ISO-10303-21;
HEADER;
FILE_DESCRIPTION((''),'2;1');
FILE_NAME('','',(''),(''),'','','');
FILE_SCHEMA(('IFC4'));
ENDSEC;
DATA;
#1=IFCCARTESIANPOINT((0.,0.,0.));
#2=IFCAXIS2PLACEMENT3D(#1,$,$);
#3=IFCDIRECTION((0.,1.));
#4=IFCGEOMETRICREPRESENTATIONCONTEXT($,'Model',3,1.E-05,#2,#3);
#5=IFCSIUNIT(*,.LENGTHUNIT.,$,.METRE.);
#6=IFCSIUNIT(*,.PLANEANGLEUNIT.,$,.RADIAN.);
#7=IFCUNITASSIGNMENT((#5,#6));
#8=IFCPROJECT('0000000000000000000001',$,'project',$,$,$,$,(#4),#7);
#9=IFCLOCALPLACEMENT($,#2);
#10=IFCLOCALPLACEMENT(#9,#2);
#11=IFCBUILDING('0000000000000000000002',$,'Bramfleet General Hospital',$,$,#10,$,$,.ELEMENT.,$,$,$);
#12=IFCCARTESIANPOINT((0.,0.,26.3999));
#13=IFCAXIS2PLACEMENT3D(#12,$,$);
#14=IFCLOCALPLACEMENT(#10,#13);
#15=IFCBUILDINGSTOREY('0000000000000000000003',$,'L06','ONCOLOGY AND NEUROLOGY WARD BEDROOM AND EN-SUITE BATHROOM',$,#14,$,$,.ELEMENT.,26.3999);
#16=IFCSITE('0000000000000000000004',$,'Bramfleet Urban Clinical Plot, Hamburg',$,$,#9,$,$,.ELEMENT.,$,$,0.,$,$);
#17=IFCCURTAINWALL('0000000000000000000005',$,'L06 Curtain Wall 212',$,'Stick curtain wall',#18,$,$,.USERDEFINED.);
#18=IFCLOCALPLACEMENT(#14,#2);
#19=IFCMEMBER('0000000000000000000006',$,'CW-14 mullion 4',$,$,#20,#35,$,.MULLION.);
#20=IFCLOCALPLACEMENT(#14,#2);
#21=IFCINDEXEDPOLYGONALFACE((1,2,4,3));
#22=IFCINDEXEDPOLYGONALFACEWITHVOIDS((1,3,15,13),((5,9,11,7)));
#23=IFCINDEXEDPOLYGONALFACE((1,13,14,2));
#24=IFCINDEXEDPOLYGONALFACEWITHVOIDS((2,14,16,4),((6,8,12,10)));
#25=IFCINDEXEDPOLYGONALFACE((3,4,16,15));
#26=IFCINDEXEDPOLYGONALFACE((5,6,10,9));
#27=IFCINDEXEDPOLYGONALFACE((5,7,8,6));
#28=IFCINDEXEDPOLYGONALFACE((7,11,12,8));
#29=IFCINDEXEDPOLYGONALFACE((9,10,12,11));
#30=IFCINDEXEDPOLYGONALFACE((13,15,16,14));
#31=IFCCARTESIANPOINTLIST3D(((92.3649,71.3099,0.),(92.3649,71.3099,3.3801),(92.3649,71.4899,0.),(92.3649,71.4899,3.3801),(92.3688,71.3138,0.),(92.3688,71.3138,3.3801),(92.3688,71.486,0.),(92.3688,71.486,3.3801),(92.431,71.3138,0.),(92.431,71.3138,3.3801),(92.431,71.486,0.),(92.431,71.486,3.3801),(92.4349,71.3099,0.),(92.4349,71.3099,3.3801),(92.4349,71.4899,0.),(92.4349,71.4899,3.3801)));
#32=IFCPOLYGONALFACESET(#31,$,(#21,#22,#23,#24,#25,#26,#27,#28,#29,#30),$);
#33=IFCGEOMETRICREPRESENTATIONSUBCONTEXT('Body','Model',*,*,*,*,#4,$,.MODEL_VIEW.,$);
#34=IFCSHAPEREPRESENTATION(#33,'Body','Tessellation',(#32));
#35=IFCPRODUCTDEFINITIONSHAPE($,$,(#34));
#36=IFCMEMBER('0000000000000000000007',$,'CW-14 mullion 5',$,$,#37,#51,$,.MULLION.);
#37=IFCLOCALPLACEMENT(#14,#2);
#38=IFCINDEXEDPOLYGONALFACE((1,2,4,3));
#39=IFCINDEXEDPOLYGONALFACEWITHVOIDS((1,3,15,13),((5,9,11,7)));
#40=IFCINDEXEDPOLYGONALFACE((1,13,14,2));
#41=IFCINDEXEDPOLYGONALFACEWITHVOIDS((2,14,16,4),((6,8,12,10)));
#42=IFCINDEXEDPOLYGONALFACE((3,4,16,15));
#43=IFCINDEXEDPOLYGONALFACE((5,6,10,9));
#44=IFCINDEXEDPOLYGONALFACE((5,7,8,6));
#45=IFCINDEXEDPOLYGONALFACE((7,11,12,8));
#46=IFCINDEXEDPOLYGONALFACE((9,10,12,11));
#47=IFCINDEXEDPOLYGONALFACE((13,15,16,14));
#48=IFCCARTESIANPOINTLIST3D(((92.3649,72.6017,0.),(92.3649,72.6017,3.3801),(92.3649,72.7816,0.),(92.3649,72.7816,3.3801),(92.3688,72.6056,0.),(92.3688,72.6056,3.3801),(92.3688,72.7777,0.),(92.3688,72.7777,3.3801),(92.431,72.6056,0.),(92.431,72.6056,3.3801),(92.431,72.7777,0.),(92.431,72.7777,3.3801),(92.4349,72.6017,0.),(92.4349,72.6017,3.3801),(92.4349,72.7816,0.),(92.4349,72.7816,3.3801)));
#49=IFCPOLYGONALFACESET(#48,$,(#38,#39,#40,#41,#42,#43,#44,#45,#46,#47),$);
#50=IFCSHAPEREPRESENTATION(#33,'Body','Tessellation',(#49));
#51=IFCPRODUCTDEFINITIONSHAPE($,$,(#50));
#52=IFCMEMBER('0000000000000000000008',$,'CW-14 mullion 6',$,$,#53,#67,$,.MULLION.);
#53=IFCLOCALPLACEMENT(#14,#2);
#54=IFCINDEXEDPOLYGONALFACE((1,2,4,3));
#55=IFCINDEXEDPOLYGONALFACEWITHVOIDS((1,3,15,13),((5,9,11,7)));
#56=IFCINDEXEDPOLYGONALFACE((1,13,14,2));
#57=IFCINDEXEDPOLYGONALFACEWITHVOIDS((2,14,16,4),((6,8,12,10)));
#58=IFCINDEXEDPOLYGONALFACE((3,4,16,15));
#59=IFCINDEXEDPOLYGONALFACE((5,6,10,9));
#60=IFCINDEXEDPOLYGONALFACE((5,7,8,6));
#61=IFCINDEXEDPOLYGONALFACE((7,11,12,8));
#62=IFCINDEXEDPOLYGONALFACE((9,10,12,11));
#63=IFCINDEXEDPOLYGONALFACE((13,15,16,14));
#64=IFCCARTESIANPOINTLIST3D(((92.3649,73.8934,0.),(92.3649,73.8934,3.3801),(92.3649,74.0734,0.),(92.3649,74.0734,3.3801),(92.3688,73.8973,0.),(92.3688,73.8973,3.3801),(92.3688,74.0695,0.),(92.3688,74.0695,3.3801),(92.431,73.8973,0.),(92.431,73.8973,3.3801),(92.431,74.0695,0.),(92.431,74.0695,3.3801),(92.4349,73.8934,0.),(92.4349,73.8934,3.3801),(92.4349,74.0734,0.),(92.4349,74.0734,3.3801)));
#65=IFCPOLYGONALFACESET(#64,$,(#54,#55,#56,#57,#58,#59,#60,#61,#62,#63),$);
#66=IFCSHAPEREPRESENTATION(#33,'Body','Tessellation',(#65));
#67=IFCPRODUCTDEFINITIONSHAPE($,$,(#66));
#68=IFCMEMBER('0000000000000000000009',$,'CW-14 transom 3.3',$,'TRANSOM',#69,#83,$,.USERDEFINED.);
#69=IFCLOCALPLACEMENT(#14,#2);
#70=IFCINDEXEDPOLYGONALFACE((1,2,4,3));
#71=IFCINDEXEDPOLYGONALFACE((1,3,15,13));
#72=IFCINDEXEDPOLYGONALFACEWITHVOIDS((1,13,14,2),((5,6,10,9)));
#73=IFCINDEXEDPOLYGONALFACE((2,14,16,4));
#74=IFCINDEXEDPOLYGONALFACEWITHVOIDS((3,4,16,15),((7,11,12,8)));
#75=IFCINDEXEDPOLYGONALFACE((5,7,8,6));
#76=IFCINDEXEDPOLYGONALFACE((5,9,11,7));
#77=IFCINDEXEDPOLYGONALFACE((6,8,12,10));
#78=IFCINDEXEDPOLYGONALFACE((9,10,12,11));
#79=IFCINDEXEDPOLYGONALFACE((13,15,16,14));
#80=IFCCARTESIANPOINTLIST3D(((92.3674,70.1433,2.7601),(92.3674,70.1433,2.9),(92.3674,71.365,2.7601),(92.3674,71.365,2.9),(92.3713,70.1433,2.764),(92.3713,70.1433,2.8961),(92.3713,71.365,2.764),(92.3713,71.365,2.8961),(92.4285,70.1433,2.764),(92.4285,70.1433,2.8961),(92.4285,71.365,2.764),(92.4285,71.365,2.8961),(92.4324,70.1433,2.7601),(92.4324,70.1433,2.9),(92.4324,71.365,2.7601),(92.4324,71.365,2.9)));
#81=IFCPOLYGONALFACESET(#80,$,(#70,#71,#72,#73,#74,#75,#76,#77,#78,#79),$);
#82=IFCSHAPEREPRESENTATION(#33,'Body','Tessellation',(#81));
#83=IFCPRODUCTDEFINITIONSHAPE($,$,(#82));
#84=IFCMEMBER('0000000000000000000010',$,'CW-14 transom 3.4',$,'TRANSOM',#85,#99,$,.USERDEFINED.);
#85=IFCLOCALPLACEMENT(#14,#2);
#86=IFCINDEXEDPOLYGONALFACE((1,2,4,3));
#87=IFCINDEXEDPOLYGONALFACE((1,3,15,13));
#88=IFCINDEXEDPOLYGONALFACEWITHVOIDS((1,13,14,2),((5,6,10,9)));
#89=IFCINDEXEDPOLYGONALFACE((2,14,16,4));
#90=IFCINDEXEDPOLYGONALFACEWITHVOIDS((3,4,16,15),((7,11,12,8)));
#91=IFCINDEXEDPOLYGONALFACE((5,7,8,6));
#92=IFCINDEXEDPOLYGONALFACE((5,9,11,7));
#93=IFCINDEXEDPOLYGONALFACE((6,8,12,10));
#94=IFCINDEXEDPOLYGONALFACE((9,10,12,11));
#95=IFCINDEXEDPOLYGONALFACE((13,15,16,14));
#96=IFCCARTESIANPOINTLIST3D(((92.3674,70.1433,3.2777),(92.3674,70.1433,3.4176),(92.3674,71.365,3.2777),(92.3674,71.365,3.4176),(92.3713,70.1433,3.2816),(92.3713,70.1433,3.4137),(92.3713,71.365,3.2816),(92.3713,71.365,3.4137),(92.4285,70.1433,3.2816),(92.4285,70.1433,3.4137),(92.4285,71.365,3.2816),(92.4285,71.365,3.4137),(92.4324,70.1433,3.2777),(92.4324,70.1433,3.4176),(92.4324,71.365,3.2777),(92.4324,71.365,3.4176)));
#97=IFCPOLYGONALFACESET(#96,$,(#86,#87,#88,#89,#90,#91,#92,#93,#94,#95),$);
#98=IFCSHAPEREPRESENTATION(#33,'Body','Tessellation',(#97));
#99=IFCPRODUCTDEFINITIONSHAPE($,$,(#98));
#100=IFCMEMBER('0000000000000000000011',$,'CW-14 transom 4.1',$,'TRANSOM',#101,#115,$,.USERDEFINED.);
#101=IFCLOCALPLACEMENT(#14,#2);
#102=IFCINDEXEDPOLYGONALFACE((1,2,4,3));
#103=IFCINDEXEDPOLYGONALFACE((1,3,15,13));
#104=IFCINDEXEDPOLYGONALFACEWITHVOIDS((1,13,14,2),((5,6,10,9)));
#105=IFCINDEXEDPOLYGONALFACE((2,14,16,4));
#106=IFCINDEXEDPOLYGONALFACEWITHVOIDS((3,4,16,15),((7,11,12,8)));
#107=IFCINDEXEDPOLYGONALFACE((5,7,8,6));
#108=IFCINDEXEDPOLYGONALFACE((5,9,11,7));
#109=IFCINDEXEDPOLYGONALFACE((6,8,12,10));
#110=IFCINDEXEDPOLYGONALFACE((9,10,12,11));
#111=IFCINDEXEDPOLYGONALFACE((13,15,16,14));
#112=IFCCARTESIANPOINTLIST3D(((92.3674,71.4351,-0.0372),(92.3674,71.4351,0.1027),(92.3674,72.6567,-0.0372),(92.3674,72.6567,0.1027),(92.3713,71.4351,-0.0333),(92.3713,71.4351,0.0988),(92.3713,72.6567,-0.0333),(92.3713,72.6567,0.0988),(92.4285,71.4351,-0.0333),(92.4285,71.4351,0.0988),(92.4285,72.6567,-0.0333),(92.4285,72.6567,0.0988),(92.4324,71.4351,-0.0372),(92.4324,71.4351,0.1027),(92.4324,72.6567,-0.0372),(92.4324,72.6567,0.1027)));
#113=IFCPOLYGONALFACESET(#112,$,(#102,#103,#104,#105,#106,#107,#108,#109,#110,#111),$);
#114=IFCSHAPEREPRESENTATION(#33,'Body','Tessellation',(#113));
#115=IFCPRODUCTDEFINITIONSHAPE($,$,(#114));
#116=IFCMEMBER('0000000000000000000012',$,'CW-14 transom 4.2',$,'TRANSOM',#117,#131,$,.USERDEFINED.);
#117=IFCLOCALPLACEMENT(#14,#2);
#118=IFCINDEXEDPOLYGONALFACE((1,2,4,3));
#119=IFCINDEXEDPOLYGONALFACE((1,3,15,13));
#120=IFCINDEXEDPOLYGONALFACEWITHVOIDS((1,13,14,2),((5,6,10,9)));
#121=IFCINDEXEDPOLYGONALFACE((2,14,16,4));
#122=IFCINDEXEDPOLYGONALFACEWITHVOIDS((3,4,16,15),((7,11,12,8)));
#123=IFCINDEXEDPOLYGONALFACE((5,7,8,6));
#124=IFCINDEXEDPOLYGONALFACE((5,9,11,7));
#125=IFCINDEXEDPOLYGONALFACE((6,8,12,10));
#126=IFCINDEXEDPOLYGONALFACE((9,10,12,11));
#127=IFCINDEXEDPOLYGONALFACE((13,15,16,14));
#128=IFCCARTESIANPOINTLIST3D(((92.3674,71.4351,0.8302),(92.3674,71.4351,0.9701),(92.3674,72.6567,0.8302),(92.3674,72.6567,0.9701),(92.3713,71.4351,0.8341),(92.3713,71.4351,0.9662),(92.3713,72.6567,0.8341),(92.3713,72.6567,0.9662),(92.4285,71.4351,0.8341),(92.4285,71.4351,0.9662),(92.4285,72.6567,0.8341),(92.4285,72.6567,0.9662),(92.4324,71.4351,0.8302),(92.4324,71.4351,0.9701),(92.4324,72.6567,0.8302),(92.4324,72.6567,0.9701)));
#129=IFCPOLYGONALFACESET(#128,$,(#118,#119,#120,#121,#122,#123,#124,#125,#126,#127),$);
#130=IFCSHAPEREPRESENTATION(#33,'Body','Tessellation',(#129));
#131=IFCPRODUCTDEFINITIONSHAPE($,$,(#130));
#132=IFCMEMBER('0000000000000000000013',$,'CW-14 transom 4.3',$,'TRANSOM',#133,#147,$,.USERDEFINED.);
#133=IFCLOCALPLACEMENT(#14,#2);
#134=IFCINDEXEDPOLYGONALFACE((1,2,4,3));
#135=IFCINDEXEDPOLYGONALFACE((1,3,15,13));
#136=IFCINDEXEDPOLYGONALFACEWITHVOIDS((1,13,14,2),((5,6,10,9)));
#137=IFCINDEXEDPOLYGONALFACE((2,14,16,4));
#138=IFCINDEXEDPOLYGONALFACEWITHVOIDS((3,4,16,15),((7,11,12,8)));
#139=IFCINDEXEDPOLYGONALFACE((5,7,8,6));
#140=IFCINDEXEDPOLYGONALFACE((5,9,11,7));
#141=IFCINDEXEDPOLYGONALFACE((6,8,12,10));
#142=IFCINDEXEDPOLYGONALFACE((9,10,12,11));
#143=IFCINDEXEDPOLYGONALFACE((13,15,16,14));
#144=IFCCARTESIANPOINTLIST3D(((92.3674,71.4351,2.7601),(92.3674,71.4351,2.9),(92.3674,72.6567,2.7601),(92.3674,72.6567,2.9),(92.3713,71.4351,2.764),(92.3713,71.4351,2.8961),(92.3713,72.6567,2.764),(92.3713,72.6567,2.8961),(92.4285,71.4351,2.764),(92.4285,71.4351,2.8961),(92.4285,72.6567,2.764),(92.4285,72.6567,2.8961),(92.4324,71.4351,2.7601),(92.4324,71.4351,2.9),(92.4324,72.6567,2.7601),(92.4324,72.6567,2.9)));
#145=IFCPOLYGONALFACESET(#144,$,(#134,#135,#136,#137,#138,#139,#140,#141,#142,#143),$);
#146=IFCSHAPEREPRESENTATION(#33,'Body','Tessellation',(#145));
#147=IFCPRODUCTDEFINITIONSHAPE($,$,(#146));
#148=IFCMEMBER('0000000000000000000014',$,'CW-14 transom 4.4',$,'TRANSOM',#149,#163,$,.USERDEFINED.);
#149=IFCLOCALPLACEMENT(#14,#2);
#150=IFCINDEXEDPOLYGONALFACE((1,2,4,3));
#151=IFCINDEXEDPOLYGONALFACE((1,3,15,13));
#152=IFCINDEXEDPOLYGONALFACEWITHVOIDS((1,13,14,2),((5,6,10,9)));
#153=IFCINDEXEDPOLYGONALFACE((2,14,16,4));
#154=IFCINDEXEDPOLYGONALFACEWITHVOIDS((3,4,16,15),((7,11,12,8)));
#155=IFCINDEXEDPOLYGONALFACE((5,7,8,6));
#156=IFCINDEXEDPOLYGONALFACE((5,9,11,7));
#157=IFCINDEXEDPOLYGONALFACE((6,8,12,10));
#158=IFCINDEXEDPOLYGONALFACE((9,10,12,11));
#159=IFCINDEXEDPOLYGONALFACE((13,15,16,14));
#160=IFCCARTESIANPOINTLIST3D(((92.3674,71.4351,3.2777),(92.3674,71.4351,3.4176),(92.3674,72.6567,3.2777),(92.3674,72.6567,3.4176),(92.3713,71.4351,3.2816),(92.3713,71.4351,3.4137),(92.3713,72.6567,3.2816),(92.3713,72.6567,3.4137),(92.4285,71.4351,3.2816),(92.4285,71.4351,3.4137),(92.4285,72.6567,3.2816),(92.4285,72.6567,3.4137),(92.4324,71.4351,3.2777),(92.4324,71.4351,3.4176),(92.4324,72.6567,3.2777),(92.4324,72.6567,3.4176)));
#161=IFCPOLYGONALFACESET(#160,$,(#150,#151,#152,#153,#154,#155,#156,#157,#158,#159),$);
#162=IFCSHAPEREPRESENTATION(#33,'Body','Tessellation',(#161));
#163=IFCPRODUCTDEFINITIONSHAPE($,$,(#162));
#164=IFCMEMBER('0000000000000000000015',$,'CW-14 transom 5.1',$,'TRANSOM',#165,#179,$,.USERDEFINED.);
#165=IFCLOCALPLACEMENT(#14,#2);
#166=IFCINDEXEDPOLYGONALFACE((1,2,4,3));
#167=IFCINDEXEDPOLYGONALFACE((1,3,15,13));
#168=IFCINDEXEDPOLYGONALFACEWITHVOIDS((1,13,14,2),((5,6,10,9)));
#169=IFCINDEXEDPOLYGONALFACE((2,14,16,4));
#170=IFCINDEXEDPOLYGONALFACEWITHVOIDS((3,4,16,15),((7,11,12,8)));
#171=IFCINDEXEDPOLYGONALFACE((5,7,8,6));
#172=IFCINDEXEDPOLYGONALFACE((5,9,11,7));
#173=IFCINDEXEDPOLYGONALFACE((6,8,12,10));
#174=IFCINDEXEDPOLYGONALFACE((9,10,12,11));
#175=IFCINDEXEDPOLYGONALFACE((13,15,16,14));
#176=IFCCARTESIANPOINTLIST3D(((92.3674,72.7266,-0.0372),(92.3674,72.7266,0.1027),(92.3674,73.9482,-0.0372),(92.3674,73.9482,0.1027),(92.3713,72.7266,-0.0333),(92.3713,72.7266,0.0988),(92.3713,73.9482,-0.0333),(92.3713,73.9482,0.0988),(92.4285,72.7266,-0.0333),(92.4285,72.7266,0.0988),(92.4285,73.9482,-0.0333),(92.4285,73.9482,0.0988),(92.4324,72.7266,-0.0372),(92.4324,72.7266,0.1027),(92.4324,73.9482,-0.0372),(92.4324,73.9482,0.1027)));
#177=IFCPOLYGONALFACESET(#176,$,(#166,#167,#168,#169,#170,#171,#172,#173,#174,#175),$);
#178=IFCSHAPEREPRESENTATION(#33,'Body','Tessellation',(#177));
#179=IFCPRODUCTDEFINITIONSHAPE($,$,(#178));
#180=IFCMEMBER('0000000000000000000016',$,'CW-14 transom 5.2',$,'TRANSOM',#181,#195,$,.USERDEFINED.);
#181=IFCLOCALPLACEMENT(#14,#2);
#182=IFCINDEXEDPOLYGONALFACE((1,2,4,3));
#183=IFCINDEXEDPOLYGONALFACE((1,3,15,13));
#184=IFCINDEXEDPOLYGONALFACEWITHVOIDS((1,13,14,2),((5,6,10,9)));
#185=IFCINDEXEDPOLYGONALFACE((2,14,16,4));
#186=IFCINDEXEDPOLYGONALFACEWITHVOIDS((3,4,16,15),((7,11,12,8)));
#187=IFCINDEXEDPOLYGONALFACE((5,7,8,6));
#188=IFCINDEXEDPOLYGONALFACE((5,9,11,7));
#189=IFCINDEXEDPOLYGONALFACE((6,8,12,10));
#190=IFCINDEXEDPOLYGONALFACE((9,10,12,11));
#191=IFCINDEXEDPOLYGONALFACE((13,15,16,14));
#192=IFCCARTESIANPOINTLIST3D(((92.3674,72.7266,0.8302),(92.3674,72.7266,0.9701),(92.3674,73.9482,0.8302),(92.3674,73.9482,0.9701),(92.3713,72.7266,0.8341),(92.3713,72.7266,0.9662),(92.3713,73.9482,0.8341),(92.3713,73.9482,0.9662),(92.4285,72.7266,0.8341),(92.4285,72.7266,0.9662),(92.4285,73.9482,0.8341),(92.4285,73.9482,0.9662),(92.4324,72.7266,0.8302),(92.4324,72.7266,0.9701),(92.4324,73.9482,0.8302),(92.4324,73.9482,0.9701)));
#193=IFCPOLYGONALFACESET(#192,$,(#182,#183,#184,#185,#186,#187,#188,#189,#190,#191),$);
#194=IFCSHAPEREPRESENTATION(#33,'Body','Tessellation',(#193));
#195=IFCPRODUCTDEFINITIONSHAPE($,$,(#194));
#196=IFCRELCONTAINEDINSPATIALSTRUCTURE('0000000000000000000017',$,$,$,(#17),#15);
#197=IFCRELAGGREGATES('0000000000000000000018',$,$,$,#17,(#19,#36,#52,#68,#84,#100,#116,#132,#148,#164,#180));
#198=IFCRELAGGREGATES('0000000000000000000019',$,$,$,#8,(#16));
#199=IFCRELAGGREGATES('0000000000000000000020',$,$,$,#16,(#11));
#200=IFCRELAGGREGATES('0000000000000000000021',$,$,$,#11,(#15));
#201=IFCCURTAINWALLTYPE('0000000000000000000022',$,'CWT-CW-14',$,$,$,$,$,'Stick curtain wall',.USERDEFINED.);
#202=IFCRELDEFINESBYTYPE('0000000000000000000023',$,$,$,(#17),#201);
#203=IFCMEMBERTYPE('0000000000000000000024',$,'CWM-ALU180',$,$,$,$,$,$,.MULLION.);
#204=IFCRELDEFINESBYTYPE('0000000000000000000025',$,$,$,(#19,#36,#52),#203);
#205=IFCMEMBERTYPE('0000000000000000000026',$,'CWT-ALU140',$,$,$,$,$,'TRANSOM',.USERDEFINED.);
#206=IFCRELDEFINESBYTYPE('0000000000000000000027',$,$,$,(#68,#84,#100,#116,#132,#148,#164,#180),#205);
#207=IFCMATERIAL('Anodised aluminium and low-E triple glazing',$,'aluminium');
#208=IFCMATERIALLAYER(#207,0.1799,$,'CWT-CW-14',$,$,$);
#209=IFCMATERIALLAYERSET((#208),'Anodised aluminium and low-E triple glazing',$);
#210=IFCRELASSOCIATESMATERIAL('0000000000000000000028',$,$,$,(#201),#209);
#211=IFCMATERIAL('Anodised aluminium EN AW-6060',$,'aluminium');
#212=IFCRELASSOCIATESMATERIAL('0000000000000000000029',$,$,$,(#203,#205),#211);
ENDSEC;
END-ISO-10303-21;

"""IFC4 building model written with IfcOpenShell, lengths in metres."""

from ifc_helpers import new_model, si_unit, direction, frame, origin, origin_2d, place, context, subcontext, project, spatial, hollow_rectangle, extrude, material, layer, layer_set, material_profile, profile_set, type_object, element, aggregate, save


model = new_model("IFC4")

# Units and contexts
model_context = context("Model", 3, precision=1e-05, world=origin(), true_north=direction((0.0, 1.0)))
body_context = subcontext(model_context, "Body", "Model", "MODEL_VIEW")
ifc_project = project(units=[si_unit("LENGTHUNIT", "METRE"), si_unit("PLANEANGLEUNIT", "RADIAN")], contexts=[model_context])

# Site, building, storey
site_placement = place(None, origin())
site = spatial("IfcSite", under=ifc_project, at=site_placement, Name="Bramfleet Urban Clinical Plot, Hamburg", CompositionType="ELEMENT", RefElevation=0.0)
building_placement = place(site_placement, origin())
building = spatial("IfcBuilding", under=site, at=building_placement, Name="Bramfleet General Hospital", CompositionType="ELEMENT")
storey_placement = place(building_placement, frame((0.0, 0.0, 26.3999)))
storey = spatial("IfcBuildingStorey", under=building, at=storey_placement, Name="L06", Description="ONCOLOGY AND NEUROLOGY WARD BEDROOM AND EN-SUITE BATHROOM", CompositionType="ELEMENT", Elevation=26.3999)

# Curtain wall, members
ifc_material_1 = material(Name="Anodised aluminium and low-E triple glazing", Category="aluminium")
ifc_layer_1 = layer(ifc_material_1, 0.1799, Name="CWT-CW-14")
ifc_layer_set_1 = layer_set([ifc_layer_1], Name="Anodised aluminium and low-E triple glazing")
curtain_wall_type = type_object("IfcCurtainWallType", Name="CWT-CW-14", ElementType="Stick curtain wall", PredefinedType="USERDEFINED", material=ifc_layer_set_1)
curtain_wall_placement = place(storey_placement, origin())
curtain_wall = element("IfcCurtainWall", 1, at=curtain_wall_placement, inside=storey, type_object=curtain_wall_type, Name="L06 Curtain Wall 212", ObjectType="Stick curtain wall", PredefinedType="USERDEFINED")
ifc_material_2 = material(Name="Anodised aluminium EN AW-6060", Category="aluminium")
ifc_material_profile_1 = material_profile(ifc_material_2, hollow_rectangle(XDim=0.0701, YDim=0.1799, WallThickness=0.0039, at=origin_2d()), Name="ALU 180x70x4.0")
ifc_profile_set_1 = profile_set([ifc_material_profile_1], Name="Anodised aluminium EN AW-6060")
member_type_1 = type_object("IfcMemberType", Name="CWM-ALU180", PredefinedType="MULLION", material=ifc_profile_set_1)
member_1_placement = place(storey_placement, frame((92.3999, 71.3999, 0.0), z_axis=(0.0, 0.0, 1.0), x_axis=(-1.0, 0.0, 0.0)))
member_1 = element("IfcMember", 2, at=member_1_placement, type_object=member_type_1, Name="CW-14 mullion 4", PredefinedType="MULLION", context=body_context, shape_type="SweptSolid", body=[
    extrude(hollow_rectangle(XDim=0.0701, YDim=0.1799, WallThickness=0.0039, at=origin_2d()), origin(), (0.0, 0.0, 1.0), 3.3801),
])
member_2_placement = place(storey_placement, frame((92.3999, 72.6917, 0.0), z_axis=(0.0, 0.0, 1.0), x_axis=(-1.0, 0.0, 0.0)))
member_2 = element("IfcMember", 3, at=member_2_placement, type_object=member_type_1, Name="CW-14 mullion 5", PredefinedType="MULLION", context=body_context, shape_type="SweptSolid", body=[
    extrude(hollow_rectangle(XDim=0.0701, YDim=0.1799, WallThickness=0.0039, at=origin_2d()), origin(), (0.0, 0.0, 1.0), 3.3801),
])
member_3_placement = place(storey_placement, frame((92.3999, 73.9834, 0.0), z_axis=(0.0, 0.0, 1.0), x_axis=(-1.0, 0.0, 0.0)))
member_3 = element("IfcMember", 4, at=member_3_placement, type_object=member_type_1, Name="CW-14 mullion 6", PredefinedType="MULLION", context=body_context, shape_type="SweptSolid", body=[
    extrude(hollow_rectangle(XDim=0.0701, YDim=0.1799, WallThickness=0.0039, at=origin_2d()), origin(), (0.0, 0.0, 1.0), 3.3801),
])
ifc_material_profile_2 = material_profile(ifc_material_2, hollow_rectangle(XDim=0.0649, YDim=0.1399, WallThickness=0.0039, at=origin_2d()), Name="ALU 140x65x4.0")
ifc_profile_set_2 = profile_set([ifc_material_profile_2], Name="Anodised aluminium EN AW-6060")
member_type_2 = type_object("IfcMemberType", Name="CWT-ALU140", ElementType="TRANSOM", PredefinedType="USERDEFINED", material=ifc_profile_set_2)
member_4_placement = place(storey_placement, frame((92.3999, 70.1433, 2.8301), z_axis=(0.0, 1.0, 0.0), x_axis=(-1.0, 0.0, 0.0)))
member_4 = element("IfcMember", 5, at=member_4_placement, type_object=member_type_2, Name="CW-14 transom 3.3", ObjectType="TRANSOM", PredefinedType="USERDEFINED", context=body_context, shape_type="SweptSolid", body=[
    extrude(hollow_rectangle(XDim=0.0649, YDim=0.1399, WallThickness=0.0039, at=origin_2d()), origin(), (0.0, 0.0, 1.0), 1.2217),
])
member_5_placement = place(storey_placement, frame((92.3999, 70.1433, 3.3477), z_axis=(0.0, 1.0, 0.0), x_axis=(-1.0, 0.0, 0.0)))
member_5 = element("IfcMember", 6, at=member_5_placement, type_object=member_type_2, Name="CW-14 transom 3.4", ObjectType="TRANSOM", PredefinedType="USERDEFINED", context=body_context, shape_type="SweptSolid", body=[
    extrude(hollow_rectangle(XDim=0.0649, YDim=0.1399, WallThickness=0.0039, at=origin_2d()), origin(), (0.0, 0.0, 1.0), 1.2217),
])
member_6_placement = place(storey_placement, frame((92.3999, 71.4351, 0.0327), z_axis=(0.0, 1.0, 0.0), x_axis=(-1.0, 0.0, 0.0)))
member_6 = element("IfcMember", 7, at=member_6_placement, type_object=member_type_2, Name="CW-14 transom 4.1", ObjectType="TRANSOM", PredefinedType="USERDEFINED", context=body_context, shape_type="SweptSolid", body=[
    extrude(hollow_rectangle(XDim=0.0649, YDim=0.1399, WallThickness=0.0039, at=origin_2d()), origin(), (0.0, 0.0, 1.0), 1.2217),
])
member_7_placement = place(storey_placement, frame((92.3999, 71.4351, 0.9001), z_axis=(0.0, 1.0, 0.0), x_axis=(-1.0, 0.0, 0.0)))
member_7 = element("IfcMember", 8, at=member_7_placement, type_object=member_type_2, Name="CW-14 transom 4.2", ObjectType="TRANSOM", PredefinedType="USERDEFINED", context=body_context, shape_type="SweptSolid", body=[
    extrude(hollow_rectangle(XDim=0.0649, YDim=0.1399, WallThickness=0.0039, at=origin_2d()), origin(), (0.0, 0.0, 1.0), 1.2217),
])
member_8_placement = place(storey_placement, frame((92.3999, 71.4351, 2.8301), z_axis=(0.0, 1.0, 0.0), x_axis=(-1.0, 0.0, 0.0)))
member_8 = element("IfcMember", 9, at=member_8_placement, type_object=member_type_2, Name="CW-14 transom 4.3", ObjectType="TRANSOM", PredefinedType="USERDEFINED", context=body_context, shape_type="SweptSolid", body=[
    extrude(hollow_rectangle(XDim=0.0649, YDim=0.1399, WallThickness=0.0039, at=origin_2d()), origin(), (0.0, 0.0, 1.0), 1.2217),
])
member_9_placement = place(storey_placement, frame((92.3999, 71.4351, 3.3477), z_axis=(0.0, 1.0, 0.0), x_axis=(-1.0, 0.0, 0.0)))
member_9 = element("IfcMember", 10, at=member_9_placement, type_object=member_type_2, Name="CW-14 transom 4.4", ObjectType="TRANSOM", PredefinedType="USERDEFINED", context=body_context, shape_type="SweptSolid", body=[
    extrude(hollow_rectangle(XDim=0.0649, YDim=0.1399, WallThickness=0.0039, at=origin_2d()), origin(), (0.0, 0.0, 1.0), 1.2217),
])
member_10_placement = place(storey_placement, frame((92.3999, 72.7266, 0.0327), z_axis=(0.0, 1.0, 0.0), x_axis=(-1.0, 0.0, 0.0)))
member_10 = element("IfcMember", 11, at=member_10_placement, type_object=member_type_2, Name="CW-14 transom 5.1", ObjectType="TRANSOM", PredefinedType="USERDEFINED", context=body_context, shape_type="SweptSolid", body=[
    extrude(hollow_rectangle(XDim=0.0649, YDim=0.1399, WallThickness=0.0039, at=origin_2d()), origin(), (0.0, 0.0, 1.0), 1.2217),
])
member_11_placement = place(storey_placement, frame((92.3999, 72.7266, 0.9001), z_axis=(0.0, 1.0, 0.0), x_axis=(-1.0, 0.0, 0.0)))
member_11 = element("IfcMember", 12, at=member_11_placement, type_object=member_type_2, Name="CW-14 transom 5.2", ObjectType="TRANSOM", PredefinedType="USERDEFINED", context=body_context, shape_type="SweptSolid", body=[
    extrude(hollow_rectangle(XDim=0.0649, YDim=0.1399, WallThickness=0.0039, at=origin_2d()), origin(), (0.0, 0.0, 1.0), 1.2217),
])
aggregate(curtain_wall, [member_1, member_2, member_3, member_4, member_5, member_6, member_7, member_8, member_9, member_10, member_11])

save(model, "model.ifc")
